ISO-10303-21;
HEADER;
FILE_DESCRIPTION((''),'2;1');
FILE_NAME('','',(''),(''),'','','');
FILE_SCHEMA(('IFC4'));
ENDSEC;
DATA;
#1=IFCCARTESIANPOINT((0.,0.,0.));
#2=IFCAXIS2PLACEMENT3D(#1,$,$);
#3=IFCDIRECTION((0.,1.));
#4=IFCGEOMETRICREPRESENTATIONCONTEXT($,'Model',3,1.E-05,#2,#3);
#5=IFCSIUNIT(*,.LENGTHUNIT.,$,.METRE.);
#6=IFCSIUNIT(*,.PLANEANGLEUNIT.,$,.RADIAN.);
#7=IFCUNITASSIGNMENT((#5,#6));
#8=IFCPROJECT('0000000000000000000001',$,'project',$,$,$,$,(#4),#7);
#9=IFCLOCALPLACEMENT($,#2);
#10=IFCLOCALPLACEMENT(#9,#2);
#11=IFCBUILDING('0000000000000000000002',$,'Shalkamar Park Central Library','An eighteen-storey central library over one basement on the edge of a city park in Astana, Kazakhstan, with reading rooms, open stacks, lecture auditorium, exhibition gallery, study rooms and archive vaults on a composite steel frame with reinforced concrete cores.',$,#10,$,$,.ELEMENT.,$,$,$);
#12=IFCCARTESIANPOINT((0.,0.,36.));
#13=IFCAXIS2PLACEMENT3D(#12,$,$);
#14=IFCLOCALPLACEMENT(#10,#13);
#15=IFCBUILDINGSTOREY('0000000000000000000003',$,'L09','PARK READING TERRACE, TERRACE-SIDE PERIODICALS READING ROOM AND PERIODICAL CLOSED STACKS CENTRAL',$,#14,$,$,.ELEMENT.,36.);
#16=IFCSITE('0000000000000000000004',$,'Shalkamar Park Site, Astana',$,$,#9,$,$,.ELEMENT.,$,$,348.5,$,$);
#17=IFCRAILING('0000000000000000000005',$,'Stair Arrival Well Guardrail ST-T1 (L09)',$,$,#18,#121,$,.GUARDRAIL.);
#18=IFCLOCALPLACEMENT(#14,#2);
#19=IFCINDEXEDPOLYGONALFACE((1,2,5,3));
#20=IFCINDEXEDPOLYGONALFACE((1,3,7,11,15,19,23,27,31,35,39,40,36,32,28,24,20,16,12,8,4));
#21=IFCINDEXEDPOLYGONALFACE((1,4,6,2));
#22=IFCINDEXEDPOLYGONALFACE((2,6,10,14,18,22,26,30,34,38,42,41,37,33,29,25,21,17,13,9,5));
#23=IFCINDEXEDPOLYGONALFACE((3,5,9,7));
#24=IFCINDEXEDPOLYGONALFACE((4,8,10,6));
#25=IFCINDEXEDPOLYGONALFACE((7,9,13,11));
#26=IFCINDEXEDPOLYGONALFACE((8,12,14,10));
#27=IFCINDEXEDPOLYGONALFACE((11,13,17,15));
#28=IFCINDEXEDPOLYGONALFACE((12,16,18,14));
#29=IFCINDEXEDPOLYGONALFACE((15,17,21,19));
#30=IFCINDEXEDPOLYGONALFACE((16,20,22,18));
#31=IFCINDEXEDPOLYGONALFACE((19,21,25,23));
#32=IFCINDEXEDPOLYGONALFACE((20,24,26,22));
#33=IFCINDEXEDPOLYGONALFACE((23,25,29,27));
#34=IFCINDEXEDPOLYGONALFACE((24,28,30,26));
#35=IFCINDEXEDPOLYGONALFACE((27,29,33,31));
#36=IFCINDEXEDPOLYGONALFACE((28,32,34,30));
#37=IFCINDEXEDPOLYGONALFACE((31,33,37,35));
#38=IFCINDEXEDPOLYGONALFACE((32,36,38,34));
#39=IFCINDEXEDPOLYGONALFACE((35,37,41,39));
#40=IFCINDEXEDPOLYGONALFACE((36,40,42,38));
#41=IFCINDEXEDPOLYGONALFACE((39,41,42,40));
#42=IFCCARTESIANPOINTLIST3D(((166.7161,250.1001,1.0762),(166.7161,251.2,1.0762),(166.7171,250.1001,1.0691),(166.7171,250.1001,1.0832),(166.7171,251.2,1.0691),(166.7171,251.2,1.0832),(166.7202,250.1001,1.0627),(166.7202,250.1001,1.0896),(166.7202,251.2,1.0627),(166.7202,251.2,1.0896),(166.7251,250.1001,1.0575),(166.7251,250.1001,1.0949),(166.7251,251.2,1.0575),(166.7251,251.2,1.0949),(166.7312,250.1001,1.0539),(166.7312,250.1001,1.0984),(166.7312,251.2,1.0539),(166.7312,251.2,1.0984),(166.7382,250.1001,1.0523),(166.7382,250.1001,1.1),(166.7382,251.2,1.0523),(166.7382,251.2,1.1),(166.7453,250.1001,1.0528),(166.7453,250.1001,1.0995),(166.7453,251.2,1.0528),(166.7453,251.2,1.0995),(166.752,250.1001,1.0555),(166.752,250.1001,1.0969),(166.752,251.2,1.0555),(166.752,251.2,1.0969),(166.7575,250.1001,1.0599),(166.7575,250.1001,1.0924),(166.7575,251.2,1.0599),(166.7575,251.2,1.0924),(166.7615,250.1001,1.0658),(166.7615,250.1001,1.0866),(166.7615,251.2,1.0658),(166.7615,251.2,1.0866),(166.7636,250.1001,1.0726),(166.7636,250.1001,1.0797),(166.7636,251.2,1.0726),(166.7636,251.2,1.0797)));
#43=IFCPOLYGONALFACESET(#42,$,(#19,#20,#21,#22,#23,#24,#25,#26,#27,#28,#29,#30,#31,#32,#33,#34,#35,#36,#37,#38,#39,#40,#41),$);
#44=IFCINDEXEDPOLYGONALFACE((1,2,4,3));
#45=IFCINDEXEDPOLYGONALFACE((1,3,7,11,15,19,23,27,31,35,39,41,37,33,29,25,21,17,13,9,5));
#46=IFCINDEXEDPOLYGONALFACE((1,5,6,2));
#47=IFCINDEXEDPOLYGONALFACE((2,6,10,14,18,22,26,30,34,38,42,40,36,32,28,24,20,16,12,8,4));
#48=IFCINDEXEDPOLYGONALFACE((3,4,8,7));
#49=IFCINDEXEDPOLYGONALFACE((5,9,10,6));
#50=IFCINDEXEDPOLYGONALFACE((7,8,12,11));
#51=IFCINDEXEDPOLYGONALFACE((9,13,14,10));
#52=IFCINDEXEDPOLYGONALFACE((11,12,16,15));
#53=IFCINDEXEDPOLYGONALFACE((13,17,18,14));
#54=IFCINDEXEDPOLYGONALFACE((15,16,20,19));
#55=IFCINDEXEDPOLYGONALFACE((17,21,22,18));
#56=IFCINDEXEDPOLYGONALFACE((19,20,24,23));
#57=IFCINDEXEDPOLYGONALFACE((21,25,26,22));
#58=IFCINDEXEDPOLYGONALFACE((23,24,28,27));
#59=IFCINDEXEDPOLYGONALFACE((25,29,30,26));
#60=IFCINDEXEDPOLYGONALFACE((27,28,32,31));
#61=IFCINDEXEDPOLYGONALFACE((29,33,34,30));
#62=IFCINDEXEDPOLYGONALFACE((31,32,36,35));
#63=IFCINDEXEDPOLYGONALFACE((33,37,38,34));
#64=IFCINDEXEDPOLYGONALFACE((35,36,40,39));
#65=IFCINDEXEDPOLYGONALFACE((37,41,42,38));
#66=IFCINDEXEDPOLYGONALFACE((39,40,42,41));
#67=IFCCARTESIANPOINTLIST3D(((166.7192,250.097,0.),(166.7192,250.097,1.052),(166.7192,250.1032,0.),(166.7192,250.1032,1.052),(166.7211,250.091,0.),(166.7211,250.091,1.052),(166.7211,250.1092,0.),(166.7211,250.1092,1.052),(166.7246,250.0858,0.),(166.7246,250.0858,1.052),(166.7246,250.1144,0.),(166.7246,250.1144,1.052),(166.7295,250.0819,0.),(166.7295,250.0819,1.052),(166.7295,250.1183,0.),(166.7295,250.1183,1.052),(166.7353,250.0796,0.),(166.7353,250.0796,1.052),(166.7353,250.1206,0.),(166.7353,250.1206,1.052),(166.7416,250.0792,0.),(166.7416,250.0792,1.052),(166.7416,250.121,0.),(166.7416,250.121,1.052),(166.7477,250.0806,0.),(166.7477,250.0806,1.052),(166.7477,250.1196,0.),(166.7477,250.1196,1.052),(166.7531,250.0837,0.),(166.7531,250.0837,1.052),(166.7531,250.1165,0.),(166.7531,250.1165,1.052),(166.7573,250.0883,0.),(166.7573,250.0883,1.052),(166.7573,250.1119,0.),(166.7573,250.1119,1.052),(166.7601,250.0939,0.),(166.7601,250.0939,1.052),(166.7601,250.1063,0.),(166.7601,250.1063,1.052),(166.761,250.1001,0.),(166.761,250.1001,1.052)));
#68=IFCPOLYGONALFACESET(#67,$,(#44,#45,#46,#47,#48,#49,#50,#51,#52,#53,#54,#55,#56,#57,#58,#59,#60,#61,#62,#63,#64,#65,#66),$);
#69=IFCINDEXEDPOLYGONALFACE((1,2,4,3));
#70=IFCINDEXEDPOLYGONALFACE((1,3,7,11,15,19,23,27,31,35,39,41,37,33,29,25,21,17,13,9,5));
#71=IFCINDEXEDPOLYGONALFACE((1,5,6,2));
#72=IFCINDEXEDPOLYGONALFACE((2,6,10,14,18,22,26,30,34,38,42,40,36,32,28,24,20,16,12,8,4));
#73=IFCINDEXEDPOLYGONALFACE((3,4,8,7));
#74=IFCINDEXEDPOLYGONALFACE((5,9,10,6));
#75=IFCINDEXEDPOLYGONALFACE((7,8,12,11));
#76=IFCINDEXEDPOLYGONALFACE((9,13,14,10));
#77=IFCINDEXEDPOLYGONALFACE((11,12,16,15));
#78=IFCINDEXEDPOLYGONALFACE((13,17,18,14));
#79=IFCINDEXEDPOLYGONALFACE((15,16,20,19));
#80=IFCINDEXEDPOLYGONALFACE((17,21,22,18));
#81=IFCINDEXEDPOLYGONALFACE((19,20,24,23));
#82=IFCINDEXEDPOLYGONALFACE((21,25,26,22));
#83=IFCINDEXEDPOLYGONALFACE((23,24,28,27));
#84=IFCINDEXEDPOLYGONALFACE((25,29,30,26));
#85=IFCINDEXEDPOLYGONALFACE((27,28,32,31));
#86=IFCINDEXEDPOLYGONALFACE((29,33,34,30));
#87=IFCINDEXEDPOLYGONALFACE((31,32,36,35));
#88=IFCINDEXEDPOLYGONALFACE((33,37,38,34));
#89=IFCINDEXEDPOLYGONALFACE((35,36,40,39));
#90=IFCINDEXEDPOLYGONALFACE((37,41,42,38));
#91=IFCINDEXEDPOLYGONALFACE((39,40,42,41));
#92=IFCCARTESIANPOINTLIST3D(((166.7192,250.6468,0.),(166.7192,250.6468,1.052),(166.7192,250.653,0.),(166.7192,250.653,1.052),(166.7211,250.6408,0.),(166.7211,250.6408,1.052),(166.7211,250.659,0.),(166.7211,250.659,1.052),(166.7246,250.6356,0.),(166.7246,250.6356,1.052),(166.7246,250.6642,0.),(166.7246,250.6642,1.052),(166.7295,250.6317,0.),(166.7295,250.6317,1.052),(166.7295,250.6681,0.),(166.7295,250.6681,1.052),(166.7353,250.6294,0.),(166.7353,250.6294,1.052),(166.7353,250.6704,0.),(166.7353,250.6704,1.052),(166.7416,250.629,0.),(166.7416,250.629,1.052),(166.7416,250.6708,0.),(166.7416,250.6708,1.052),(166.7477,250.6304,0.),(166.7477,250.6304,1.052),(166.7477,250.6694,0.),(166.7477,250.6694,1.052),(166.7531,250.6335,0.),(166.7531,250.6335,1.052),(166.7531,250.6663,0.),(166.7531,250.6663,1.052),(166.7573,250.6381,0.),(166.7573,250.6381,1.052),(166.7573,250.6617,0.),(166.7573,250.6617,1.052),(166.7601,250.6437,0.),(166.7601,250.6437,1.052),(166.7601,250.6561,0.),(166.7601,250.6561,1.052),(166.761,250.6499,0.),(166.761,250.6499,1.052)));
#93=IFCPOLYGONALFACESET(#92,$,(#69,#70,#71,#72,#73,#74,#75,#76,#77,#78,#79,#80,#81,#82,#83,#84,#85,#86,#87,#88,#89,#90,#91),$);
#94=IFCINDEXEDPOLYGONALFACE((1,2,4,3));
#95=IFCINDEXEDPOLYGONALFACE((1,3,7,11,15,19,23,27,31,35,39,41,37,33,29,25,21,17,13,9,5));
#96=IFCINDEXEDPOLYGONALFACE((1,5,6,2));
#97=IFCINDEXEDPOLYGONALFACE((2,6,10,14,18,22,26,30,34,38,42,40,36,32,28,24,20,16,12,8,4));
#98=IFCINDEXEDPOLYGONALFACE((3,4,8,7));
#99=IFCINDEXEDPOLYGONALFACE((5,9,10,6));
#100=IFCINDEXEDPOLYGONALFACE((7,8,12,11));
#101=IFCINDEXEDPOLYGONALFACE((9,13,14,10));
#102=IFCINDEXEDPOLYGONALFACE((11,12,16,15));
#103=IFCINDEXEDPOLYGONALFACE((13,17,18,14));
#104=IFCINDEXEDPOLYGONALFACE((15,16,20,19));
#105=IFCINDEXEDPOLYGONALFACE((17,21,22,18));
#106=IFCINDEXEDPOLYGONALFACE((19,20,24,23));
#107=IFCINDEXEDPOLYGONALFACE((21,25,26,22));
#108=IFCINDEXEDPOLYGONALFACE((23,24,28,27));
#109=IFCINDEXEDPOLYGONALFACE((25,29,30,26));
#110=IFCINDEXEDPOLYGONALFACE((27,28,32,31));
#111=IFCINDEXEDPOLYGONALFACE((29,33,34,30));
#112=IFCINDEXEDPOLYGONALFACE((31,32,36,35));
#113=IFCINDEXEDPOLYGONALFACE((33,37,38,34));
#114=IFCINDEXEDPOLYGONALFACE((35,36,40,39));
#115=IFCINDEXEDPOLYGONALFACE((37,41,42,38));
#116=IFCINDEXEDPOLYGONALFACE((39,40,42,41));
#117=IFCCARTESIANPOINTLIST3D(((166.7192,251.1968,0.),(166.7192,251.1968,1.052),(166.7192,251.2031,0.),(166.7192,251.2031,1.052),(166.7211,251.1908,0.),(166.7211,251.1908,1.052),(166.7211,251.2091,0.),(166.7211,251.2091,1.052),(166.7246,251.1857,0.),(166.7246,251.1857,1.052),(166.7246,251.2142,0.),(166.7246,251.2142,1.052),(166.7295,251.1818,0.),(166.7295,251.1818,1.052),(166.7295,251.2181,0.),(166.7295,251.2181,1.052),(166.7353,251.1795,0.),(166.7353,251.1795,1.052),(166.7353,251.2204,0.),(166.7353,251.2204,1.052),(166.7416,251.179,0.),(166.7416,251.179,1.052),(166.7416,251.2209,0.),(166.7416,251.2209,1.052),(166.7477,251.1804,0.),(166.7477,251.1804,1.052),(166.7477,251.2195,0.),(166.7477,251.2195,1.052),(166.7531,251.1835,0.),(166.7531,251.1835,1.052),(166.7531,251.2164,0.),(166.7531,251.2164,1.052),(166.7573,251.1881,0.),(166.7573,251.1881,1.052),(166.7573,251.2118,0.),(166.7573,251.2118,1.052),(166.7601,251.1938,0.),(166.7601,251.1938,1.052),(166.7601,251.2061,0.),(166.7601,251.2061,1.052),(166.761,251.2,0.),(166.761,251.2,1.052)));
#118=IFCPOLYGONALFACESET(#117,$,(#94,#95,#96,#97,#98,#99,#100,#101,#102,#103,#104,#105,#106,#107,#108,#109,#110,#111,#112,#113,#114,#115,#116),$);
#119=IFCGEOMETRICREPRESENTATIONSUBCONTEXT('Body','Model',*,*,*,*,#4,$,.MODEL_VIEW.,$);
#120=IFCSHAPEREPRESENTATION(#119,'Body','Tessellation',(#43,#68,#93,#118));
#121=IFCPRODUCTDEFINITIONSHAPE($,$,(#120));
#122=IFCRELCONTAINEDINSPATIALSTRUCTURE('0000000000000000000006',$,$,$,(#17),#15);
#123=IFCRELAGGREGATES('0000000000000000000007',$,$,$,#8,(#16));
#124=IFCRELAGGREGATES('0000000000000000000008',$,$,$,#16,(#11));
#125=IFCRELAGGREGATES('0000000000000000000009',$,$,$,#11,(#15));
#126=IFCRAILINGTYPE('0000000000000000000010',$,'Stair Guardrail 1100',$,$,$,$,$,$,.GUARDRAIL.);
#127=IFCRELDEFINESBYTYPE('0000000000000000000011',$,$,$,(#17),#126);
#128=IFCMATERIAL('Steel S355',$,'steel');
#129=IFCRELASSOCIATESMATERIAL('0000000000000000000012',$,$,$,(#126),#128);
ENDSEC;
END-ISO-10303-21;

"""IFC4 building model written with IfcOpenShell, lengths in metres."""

from ifc_helpers import new_model, si_unit, direction, frame, origin, origin_2d, place, context, subcontext, project, spatial, circle, extrude, material, type_object, element, save


model = new_model("IFC4")

# Units and contexts
model_context = context("Model", 3, precision=1e-05, world=origin(), true_north=direction((0.0, 1.0)))
body_context = subcontext(model_context, "Body", "Model", "MODEL_VIEW")
ifc_project = project(units=[si_unit("LENGTHUNIT", "METRE"), si_unit("PLANEANGLEUNIT", "RADIAN")], contexts=[model_context])

# Site, building, storey
site_placement = place(None, origin())
site = spatial("IfcSite", under=ifc_project, at=site_placement, Name="Shalkamar Park Site, Astana", CompositionType="ELEMENT", RefElevation=348.5)
building_placement = place(site_placement, origin())
building = spatial("IfcBuilding", under=site, at=building_placement, Name="Shalkamar Park Central Library", Description="An eighteen-storey central library over one basement on the edge of a city park in Astana, Kazakhstan, with reading rooms, open stacks, lecture auditorium, exhibition gallery, study rooms and archive vaults on a composite steel frame with reinforced concrete cores.", CompositionType="ELEMENT")
storey_placement = place(building_placement, frame((0.0, 0.0, 36.0)))
storey = spatial("IfcBuildingStorey", under=building, at=storey_placement, Name="L09", Description="PARK READING TERRACE, TERRACE-SIDE PERIODICALS READING ROOM AND PERIODICAL CLOSED STACKS CENTRAL", CompositionType="ELEMENT", Elevation=36.0)

# Shared definitions
ifc_material_1 = material(Name="Steel S355", Category="steel")

# Railing
railing_type_1 = type_object("IfcRailingType", Name="Stair Guardrail 1100", PredefinedType="GUARDRAIL", material=ifc_material_1)
railing_1_placement = place(storey_placement, frame((166.74, 250.1001, 0.0)))
element("IfcRailing", 1, at=railing_1_placement, inside=storey, type_object=railing_type_1, Name="Stair Arrival Well Guardrail ST-T1 (L09)", PredefinedType="GUARDRAIL", context=body_context, shape_type="SweptSolid", body=[
    extrude(circle(Radius=0.0239, at=origin_2d()), frame((0.0, 0.0, 1.0762), z_axis=(0.0, 1.0, 0.0), x_axis=(-1.0, 0.0, 0.0)), (0.0, 0.0, 1.0), 1.0999),
    extrude(circle(Radius=0.021, at=origin_2d()), origin(), (0.0, 0.0, 1.0), 1.052),
    extrude(circle(Radius=0.021, at=origin_2d()), frame((0.0, 0.5498, 0.0)), (0.0, 0.0, 1.0), 1.052),
    extrude(circle(Radius=0.021, at=origin_2d()), frame((0.0, 1.0999, 0.0)), (0.0, 0.0, 1.0), 1.052),
])

save(model, "model.ifc")
